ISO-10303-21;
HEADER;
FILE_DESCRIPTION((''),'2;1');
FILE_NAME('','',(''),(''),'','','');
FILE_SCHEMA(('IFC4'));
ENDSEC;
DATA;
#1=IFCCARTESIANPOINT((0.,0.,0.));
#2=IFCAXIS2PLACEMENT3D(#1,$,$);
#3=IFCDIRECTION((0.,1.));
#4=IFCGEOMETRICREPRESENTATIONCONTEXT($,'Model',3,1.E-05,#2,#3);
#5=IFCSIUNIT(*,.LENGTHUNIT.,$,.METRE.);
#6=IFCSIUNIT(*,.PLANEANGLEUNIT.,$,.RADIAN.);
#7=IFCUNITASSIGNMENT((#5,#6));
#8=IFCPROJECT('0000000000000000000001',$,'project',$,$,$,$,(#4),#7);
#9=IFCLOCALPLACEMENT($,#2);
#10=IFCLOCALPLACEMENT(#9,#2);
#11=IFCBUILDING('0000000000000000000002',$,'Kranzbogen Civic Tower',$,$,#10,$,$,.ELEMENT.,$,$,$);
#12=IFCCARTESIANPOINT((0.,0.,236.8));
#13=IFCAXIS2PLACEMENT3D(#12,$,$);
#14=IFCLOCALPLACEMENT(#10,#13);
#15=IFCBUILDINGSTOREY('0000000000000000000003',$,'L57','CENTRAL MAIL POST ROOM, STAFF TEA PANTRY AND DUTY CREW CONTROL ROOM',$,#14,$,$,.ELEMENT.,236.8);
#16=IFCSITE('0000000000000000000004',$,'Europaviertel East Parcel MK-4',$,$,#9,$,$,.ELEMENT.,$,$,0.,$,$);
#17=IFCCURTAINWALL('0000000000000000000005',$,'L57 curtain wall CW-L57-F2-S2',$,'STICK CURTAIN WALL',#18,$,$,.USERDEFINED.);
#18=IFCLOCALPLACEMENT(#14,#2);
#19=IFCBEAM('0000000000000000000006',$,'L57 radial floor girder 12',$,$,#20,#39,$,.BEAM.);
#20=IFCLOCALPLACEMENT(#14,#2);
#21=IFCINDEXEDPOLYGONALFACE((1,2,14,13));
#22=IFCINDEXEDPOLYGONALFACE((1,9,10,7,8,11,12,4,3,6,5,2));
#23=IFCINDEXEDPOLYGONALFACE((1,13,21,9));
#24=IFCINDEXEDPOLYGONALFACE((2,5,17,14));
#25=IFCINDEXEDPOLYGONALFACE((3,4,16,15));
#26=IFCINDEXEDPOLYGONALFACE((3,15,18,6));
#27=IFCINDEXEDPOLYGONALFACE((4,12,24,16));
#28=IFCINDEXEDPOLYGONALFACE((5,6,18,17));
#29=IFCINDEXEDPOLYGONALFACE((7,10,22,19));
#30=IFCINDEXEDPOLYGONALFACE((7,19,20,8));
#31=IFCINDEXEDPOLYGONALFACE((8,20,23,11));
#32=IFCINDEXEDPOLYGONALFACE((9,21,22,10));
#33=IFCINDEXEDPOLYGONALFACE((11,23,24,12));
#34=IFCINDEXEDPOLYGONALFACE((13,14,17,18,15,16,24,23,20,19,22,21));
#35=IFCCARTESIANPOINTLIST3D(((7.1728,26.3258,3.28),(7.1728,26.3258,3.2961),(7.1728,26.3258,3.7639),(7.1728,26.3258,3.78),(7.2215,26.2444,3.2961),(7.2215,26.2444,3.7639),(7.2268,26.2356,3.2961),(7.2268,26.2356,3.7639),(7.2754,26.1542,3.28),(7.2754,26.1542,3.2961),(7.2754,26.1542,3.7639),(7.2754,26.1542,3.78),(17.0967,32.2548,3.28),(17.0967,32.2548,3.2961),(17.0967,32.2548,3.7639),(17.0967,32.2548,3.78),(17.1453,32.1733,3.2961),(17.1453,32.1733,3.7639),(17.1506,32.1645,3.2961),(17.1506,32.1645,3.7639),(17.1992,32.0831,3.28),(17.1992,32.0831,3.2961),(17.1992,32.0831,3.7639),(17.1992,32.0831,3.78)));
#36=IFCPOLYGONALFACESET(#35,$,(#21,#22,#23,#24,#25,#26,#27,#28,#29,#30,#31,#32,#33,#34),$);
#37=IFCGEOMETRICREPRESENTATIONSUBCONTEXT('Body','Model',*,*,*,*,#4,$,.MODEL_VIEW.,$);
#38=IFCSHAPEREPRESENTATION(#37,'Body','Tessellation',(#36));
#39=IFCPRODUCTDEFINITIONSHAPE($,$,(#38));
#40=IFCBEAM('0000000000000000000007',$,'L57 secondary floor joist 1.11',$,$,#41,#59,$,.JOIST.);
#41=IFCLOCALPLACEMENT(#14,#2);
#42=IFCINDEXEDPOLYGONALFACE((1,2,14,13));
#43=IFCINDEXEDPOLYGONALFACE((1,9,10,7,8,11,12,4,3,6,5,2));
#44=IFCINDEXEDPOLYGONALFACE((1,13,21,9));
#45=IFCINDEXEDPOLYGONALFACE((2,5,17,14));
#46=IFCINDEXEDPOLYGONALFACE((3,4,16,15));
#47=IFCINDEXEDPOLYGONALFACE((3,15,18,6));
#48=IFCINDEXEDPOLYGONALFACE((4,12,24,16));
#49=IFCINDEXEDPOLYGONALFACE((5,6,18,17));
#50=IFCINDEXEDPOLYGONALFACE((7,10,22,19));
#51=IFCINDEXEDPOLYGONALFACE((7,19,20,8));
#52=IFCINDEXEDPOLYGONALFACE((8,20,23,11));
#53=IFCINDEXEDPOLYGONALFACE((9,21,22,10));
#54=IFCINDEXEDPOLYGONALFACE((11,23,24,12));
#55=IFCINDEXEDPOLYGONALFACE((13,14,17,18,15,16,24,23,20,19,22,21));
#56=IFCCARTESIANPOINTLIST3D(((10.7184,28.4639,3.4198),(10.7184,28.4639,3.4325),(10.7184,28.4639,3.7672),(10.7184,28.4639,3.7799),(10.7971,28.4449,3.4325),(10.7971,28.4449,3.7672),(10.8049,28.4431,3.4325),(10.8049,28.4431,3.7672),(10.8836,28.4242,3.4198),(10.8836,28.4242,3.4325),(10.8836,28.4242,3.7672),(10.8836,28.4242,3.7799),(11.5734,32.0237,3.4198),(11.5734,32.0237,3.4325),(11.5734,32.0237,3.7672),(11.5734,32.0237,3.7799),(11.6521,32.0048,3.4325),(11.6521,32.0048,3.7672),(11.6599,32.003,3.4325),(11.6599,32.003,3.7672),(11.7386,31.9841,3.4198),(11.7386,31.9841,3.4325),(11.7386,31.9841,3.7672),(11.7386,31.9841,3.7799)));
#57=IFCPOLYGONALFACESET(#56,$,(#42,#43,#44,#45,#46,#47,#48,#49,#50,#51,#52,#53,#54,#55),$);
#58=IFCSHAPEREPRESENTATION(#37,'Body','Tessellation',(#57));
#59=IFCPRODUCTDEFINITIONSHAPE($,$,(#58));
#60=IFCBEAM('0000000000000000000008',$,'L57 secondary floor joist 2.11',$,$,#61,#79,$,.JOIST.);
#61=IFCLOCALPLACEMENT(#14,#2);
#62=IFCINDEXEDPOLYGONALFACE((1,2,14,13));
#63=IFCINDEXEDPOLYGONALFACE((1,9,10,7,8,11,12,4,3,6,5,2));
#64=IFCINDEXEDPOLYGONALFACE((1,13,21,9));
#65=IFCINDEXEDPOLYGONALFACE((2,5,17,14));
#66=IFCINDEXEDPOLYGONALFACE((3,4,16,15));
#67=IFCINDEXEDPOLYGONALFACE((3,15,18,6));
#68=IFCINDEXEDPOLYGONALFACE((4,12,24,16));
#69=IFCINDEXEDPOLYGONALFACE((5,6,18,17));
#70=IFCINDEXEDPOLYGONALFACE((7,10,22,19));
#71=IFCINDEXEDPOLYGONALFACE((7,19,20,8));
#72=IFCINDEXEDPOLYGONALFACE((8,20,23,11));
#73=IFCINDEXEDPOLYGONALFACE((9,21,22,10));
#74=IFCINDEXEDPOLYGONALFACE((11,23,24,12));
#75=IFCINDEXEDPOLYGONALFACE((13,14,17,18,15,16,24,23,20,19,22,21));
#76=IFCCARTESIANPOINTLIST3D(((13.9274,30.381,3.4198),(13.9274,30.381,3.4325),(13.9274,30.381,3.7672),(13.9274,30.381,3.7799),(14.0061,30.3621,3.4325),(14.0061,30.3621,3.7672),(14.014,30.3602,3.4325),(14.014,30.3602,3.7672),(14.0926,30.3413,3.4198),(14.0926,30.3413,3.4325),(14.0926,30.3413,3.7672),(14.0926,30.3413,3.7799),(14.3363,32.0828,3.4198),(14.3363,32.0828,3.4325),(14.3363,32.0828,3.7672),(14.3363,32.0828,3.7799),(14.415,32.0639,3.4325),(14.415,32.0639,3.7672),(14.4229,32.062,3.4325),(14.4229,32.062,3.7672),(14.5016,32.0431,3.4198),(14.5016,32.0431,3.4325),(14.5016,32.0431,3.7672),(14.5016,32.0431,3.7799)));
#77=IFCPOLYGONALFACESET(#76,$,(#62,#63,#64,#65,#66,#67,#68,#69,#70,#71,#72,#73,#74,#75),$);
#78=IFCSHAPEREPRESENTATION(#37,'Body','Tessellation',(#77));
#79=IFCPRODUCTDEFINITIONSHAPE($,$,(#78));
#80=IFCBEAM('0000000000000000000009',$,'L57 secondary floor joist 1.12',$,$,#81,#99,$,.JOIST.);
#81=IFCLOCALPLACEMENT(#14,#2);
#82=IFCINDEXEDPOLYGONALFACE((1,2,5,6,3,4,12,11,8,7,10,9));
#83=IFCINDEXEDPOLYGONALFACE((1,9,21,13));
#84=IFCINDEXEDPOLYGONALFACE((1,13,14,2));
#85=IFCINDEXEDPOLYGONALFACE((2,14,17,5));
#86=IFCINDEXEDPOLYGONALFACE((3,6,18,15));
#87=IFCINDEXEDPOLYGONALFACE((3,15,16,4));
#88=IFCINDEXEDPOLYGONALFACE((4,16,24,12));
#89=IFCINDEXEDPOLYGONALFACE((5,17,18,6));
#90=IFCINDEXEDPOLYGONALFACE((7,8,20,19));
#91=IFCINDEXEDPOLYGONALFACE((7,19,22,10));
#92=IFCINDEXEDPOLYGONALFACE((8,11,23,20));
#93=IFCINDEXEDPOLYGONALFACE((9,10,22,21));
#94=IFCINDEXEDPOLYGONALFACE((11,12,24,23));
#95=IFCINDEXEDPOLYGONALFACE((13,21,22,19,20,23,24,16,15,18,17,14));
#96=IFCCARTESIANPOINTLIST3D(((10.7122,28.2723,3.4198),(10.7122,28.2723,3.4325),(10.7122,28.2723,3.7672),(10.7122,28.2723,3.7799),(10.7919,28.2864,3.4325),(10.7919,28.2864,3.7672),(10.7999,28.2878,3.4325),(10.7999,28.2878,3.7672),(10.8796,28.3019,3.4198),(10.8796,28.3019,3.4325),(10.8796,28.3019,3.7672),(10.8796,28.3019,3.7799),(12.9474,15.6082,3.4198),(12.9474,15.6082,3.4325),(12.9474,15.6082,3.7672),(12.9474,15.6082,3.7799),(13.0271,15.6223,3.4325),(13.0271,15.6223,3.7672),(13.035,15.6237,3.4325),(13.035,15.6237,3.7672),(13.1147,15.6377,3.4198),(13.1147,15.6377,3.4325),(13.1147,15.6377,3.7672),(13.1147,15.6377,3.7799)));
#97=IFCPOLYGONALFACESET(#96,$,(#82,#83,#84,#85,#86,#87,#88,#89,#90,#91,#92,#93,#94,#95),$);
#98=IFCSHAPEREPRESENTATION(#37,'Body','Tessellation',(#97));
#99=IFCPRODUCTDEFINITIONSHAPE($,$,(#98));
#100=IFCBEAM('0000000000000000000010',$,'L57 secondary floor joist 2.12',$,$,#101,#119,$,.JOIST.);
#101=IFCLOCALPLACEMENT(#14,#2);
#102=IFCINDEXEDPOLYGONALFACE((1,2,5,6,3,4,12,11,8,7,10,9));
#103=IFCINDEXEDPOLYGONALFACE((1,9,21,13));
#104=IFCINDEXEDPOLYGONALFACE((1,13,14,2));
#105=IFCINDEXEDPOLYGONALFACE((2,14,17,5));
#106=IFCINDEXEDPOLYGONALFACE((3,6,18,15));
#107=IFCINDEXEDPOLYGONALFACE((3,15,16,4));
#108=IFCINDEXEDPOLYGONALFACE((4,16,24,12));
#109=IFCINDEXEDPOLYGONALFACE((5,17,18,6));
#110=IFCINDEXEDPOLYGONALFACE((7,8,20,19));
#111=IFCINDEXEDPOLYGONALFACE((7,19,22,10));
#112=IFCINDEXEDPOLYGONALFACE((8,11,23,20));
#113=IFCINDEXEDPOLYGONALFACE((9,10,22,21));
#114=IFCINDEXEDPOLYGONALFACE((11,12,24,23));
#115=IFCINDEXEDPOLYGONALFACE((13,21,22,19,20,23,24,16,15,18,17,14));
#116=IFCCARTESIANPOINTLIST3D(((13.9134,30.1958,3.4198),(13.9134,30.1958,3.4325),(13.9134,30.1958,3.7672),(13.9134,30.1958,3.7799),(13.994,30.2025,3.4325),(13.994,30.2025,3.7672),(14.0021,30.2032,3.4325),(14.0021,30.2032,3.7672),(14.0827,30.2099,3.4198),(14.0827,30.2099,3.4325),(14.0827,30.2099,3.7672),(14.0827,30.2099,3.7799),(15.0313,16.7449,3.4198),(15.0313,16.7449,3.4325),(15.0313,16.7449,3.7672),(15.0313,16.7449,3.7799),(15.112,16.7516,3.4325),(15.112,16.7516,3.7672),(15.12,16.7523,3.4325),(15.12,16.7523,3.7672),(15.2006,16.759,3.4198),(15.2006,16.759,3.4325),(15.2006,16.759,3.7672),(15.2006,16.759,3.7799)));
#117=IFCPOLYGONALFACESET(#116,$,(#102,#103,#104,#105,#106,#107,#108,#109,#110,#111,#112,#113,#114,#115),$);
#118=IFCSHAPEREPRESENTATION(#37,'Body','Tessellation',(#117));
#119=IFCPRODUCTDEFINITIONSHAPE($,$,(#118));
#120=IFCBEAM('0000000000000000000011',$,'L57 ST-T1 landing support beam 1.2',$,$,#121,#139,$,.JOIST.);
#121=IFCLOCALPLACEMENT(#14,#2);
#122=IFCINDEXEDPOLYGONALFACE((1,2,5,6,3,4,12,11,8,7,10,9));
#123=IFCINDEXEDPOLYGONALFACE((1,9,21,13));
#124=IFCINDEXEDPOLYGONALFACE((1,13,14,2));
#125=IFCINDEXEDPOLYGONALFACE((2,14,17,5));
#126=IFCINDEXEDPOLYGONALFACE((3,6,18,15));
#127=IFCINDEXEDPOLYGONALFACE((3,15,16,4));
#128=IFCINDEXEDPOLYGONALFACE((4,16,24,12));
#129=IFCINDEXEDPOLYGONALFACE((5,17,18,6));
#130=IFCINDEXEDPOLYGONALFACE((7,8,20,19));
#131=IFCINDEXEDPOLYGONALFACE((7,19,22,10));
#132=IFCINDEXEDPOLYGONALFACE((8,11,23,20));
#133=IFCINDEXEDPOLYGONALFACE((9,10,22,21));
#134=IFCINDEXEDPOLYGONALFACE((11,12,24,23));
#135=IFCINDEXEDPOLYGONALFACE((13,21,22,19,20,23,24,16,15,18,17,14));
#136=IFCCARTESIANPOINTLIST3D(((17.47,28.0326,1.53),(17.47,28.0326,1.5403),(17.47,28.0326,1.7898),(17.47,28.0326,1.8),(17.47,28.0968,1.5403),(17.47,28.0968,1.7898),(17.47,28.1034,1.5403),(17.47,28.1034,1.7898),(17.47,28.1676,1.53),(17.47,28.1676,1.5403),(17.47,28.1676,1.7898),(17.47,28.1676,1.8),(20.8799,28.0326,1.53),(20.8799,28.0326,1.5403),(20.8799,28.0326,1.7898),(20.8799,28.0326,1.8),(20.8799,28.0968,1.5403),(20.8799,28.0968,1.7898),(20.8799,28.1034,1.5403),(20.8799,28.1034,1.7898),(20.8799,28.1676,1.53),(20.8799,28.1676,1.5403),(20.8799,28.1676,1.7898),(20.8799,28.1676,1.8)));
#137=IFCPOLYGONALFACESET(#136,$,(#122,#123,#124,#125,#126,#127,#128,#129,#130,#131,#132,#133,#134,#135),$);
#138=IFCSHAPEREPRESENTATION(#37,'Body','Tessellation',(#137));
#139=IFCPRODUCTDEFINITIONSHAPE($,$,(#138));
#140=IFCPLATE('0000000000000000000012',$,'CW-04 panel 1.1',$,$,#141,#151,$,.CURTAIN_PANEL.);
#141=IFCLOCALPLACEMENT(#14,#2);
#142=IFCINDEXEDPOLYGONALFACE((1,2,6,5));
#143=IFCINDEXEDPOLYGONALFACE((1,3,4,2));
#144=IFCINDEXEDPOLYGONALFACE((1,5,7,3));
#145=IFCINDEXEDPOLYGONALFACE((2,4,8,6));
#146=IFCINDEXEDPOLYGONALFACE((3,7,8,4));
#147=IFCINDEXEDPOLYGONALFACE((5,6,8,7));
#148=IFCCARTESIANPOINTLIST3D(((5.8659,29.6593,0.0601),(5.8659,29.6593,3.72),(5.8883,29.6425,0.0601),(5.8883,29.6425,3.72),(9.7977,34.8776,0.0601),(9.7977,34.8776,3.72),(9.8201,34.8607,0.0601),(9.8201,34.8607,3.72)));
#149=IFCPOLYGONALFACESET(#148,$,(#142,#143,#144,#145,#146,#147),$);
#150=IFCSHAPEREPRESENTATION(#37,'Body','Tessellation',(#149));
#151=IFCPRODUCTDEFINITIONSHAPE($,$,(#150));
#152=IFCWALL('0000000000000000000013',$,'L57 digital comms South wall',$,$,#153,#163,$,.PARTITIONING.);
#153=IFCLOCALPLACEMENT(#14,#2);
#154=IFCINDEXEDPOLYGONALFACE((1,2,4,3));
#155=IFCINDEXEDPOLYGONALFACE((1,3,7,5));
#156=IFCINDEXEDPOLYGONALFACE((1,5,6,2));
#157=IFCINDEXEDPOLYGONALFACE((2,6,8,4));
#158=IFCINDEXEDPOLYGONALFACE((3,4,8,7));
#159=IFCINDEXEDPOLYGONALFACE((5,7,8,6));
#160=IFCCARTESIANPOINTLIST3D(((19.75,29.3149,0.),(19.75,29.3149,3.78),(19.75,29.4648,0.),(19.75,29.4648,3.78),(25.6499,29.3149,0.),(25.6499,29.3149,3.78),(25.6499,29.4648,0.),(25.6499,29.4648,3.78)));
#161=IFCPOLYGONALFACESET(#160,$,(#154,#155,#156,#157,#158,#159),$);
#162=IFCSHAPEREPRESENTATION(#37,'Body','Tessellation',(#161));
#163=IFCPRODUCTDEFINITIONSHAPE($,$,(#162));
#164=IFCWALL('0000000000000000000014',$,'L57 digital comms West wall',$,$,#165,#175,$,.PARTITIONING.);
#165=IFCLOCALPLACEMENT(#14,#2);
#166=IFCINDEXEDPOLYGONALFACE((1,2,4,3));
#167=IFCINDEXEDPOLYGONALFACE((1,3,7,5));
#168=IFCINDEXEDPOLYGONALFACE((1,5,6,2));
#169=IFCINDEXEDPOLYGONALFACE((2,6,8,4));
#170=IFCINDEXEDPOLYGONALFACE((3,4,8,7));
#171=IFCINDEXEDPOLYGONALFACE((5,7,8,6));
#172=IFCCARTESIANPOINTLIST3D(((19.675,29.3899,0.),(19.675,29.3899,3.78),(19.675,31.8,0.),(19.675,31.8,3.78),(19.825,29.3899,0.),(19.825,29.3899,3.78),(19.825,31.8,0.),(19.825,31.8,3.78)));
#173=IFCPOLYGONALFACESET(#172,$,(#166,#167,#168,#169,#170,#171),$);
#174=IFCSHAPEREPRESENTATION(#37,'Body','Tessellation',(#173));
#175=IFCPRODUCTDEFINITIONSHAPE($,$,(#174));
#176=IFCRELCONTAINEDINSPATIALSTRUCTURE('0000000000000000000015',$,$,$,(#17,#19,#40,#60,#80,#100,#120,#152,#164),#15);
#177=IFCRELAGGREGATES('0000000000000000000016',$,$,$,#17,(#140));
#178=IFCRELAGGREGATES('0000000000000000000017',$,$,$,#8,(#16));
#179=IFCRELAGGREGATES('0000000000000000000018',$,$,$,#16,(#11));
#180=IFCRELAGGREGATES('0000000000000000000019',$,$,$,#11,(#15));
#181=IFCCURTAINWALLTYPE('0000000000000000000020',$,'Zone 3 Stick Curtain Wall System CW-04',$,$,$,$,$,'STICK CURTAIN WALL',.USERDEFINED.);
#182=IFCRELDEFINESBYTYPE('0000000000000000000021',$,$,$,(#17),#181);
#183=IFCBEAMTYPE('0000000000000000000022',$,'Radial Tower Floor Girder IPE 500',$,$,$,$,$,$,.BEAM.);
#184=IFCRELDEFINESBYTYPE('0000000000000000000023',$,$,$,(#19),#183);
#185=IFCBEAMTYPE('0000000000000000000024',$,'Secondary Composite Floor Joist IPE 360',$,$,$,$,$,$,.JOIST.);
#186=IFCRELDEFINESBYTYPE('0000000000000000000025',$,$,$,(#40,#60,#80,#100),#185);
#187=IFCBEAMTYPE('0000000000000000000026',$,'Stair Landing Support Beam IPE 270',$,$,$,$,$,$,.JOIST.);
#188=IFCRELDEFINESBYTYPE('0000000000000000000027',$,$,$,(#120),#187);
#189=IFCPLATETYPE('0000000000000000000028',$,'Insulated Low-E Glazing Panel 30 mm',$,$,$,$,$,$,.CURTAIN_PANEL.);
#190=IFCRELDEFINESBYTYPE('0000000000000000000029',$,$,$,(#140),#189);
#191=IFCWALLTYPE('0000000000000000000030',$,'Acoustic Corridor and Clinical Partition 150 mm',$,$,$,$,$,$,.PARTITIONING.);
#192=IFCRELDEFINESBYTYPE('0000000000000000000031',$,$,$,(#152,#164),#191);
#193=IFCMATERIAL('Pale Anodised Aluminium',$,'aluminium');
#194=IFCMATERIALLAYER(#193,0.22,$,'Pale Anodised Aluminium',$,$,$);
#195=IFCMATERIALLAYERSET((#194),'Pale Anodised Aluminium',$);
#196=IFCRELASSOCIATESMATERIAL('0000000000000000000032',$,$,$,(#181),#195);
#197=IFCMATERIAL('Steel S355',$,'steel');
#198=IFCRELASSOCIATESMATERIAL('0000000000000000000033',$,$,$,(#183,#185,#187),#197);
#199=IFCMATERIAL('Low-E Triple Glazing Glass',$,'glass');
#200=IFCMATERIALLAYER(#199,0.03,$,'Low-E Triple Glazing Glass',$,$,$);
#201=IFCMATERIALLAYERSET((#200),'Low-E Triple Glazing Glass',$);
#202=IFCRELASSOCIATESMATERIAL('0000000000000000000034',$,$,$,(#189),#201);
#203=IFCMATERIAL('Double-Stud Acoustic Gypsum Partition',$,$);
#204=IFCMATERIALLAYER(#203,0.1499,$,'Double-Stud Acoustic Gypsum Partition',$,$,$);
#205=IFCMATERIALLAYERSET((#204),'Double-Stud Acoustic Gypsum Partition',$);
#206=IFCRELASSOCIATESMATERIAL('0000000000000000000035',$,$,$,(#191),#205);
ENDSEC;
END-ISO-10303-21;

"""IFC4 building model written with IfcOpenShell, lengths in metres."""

from ifc_helpers import new_model, si_unit, direction, frame, frame_2d, origin, origin_2d, place, context, subcontext, project, spatial, rectangle, i_section, extrude, material, layer, layer_set, material_profile, profile_set, type_object, element, aggregate, save


model = new_model("IFC4")

# Units and contexts
model_context = context("Model", 3, precision=1e-05, world=origin(), true_north=direction((0.0, 1.0)))
body_context = subcontext(model_context, "Body", "Model", "MODEL_VIEW")
ifc_project = project(units=[si_unit("LENGTHUNIT", "METRE"), si_unit("PLANEANGLEUNIT", "RADIAN")], contexts=[model_context])

# Site, building, storey
site_placement = place(None, origin())
site = spatial("IfcSite", under=ifc_project, at=site_placement, Name="Europaviertel East Parcel MK-4", CompositionType="ELEMENT", RefElevation=0.0)
building_placement = place(site_placement, origin())
building = spatial("IfcBuilding", under=site, at=building_placement, Name="Kranzbogen Civic Tower", CompositionType="ELEMENT")
storey_placement = place(building_placement, frame((0.0, 0.0, 236.8)))
storey = spatial("IfcBuildingStorey", under=building, at=storey_placement, Name="L57", Description="CENTRAL MAIL POST ROOM, STAFF TEA PANTRY AND DUTY CREW CONTROL ROOM", CompositionType="ELEMENT", Elevation=236.8)

# Shared definitions
ifc_material_1 = material(Name="Steel S355", Category="steel")

# Curtain wall
ifc_material_2 = material(Name="Pale Anodised Aluminium", Category="aluminium")
ifc_layer_1 = layer(ifc_material_2, 0.22, Name="Pale Anodised Aluminium")
ifc_layer_set_1 = layer_set([ifc_layer_1], Name="Pale Anodised Aluminium")
curtain_wall_type = type_object("IfcCurtainWallType", Name="Zone 3 Stick Curtain Wall System CW-04", ElementType="STICK CURTAIN WALL", PredefinedType="USERDEFINED", material=ifc_layer_set_1)
curtain_wall_placement = place(storey_placement, origin())
curtain_wall = element("IfcCurtainWall", 1, at=curtain_wall_placement, inside=storey, type_object=curtain_wall_type, Name="L57 curtain wall CW-L57-F2-S2", ObjectType="STICK CURTAIN WALL", PredefinedType="USERDEFINED")

# Beams
ifc_material_profile_1 = material_profile(ifc_material_1, i_section(OverallWidth=0.2, OverallDepth=0.5, WebThickness=0.0103, FlangeThickness=0.0161, at=origin_2d()), Name="IPE 500")
ifc_profile_set_1 = profile_set([ifc_material_profile_1], Name="Steel S355")
beam_type_1 = type_object("IfcBeamType", Name="Radial Tower Floor Girder IPE 500", PredefinedType="BEAM", material=ifc_profile_set_1)
beam_1_placement = place(storey_placement, frame((7.2241, 26.24, 3.53), z_axis=(0.858459, 0.512883, 0.0), x_axis=(-0.512883, 0.858459, 0.0)))
element("IfcBeam", 2, at=beam_1_placement, inside=storey, type_object=beam_type_1, Name="L57 radial floor girder 12", PredefinedType="BEAM", context=body_context, shape_type="SweptSolid", body=[
    extrude(i_section(OverallWidth=0.2, OverallDepth=0.5, WebThickness=0.0103, FlangeThickness=0.0161, at=origin_2d()), origin(), (0.0, 0.0, 1.0), 11.5601),
])
ifc_material_profile_2 = material_profile(ifc_material_1, i_section(OverallWidth=0.1699, OverallDepth=0.3601, WebThickness=0.0081, FlangeThickness=0.0127, at=origin_2d()), Name="IPE 360")
ifc_profile_set_2 = profile_set([ifc_material_profile_2], Name="Steel S355")
beam_type_2 = type_object("IfcBeamType", Name="Secondary Composite Floor Joist IPE 360", PredefinedType="JOIST", material=ifc_profile_set_2)
beam_2_placement = place(storey_placement, frame((11.656, 32.0039, 3.5999), z_axis=(-0.233534, -0.972349, 0.0), x_axis=(0.972349, -0.233534, 0.0)))
element("IfcBeam", 3, at=beam_2_placement, inside=storey, type_object=beam_type_2, Name="L57 secondary floor joist 1.11", PredefinedType="JOIST", context=body_context, shape_type="SweptSolid", body=[
    extrude(i_section(OverallWidth=0.1699, OverallDepth=0.3601, WebThickness=0.0081, FlangeThickness=0.0127, at=origin_2d()), origin(), (0.0, 0.0, 1.0), 3.6611),
])
beam_3_placement = place(storey_placement, frame((14.4189, 32.063, 3.5999), z_axis=(-0.233631, -0.972325, 0.0), x_axis=(0.972325, -0.233631, 0.0)))
element("IfcBeam", 4, at=beam_3_placement, inside=storey, type_object=beam_type_2, Name="L57 secondary floor joist 2.11", PredefinedType="JOIST", context=body_context, shape_type="SweptSolid", body=[
    extrude(i_section(OverallWidth=0.1699, OverallDepth=0.3601, WebThickness=0.0081, FlangeThickness=0.0127, at=origin_2d()), origin(), (0.0, 0.0, 1.0), 1.7502),
])
beam_4_placement = place(storey_placement, frame((10.7959, 28.2871, 3.5999), z_axis=(0.173806, -0.98478, 0.0), x_axis=(0.98478, 0.173806, 0.0)))
element("IfcBeam", 5, at=beam_4_placement, inside=storey, type_object=beam_type_2, Name="L57 secondary floor joist 1.12", PredefinedType="JOIST", context=body_context, shape_type="SweptSolid", body=[
    extrude(i_section(OverallWidth=0.1699, OverallDepth=0.3601, WebThickness=0.0081, FlangeThickness=0.0127, at=origin_2d()), origin(), (0.0, 0.0, 1.0), 12.8599),
])
beam_5_placement = place(storey_placement, frame((13.998, 30.2029, 3.5999), z_axis=(0.082825, -0.996564, 0.0), x_axis=(0.996564, 0.082825, 0.0)))
element("IfcBeam", 6, at=beam_5_placement, inside=storey, type_object=beam_type_2, Name="L57 secondary floor joist 2.12", PredefinedType="JOIST", context=body_context, shape_type="SweptSolid", body=[
    extrude(i_section(OverallWidth=0.1699, OverallDepth=0.3601, WebThickness=0.0081, FlangeThickness=0.0127, at=origin_2d()), origin(), (0.0, 0.0, 1.0), 13.4973),
])
ifc_material_profile_3 = material_profile(ifc_material_1, i_section(OverallWidth=0.135, OverallDepth=0.27, WebThickness=0.0066, FlangeThickness=0.0103, at=origin_2d()), Name="IPE 270")
ifc_profile_set_3 = profile_set([ifc_material_profile_3], Name="Steel S355")
beam_type_3 = type_object("IfcBeamType", Name="Stair Landing Support Beam IPE 270", PredefinedType="JOIST", material=ifc_profile_set_3)
beam_6_placement = place(storey_placement, frame((20.8799, 28.1001, 1.665), z_axis=(-1.0, 0.0, 0.0), x_axis=(0.0, -1.0, 0.0)))
element("IfcBeam", 7, at=beam_6_placement, inside=storey, type_object=beam_type_3, Name="L57 ST-T1 landing support beam 1.2", PredefinedType="JOIST", context=body_context, shape_type="SweptSolid", body=[
    extrude(i_section(OverallWidth=0.135, OverallDepth=0.27, WebThickness=0.0066, FlangeThickness=0.0103, at=origin_2d()), origin(), (0.0, 0.0, 1.0), 3.4099),
])

# Plate
ifc_material_3 = material(Name="Low-E Triple Glazing Glass", Category="glass")
ifc_layer_2 = layer(ifc_material_3, 0.03, Name="Low-E Triple Glazing Glass")
ifc_layer_set_2 = layer_set([ifc_layer_2], Name="Low-E Triple Glazing Glass")
plate_type = type_object("IfcPlateType", Name="Insulated Low-E Glazing Panel 30 mm", PredefinedType="CURTAIN_PANEL", material=ifc_layer_set_2)
plate_placement = place(storey_placement, frame((7.843, 32.26, 0.0601), z_axis=(0.0, 0.0, 1.0), x_axis=(-0.601778, -0.798663, 0.0)))
plate = element("IfcPlate", 8, at=plate_placement, type_object=plate_type, Name="CW-04 panel 1.1", PredefinedType="CURTAIN_PANEL", context=body_context, shape_type="SweptSolid", body=[
    extrude(rectangle(XDim=6.5337, YDim=0.0281, at=origin_2d()), origin(), (0.0, 0.0, 1.0), 3.6599),
])
aggregate(curtain_wall, [plate])

# Walls
ifc_material_4 = material(Name="Double-Stud Acoustic Gypsum Partition")
ifc_layer_3 = layer(ifc_material_4, 0.1499, Name="Double-Stud Acoustic Gypsum Partition")
ifc_layer_set_3 = layer_set([ifc_layer_3], Name="Double-Stud Acoustic Gypsum Partition")
wall_type_1 = type_object("IfcWallType", Name="Acoustic Corridor and Clinical Partition 150 mm", PredefinedType="PARTITIONING", material=ifc_layer_set_3)
wall_1_placement = place(storey_placement, frame((19.75, 29.3899, 0.0), z_axis=(0.0, 0.0, 1.0), x_axis=(1.0, 0.0, 0.0)))
element("IfcWall", 9, at=wall_1_placement, inside=storey, type_object=wall_type_1, Name="L57 digital comms South wall", PredefinedType="PARTITIONING", context=body_context, shape_type="SweptSolid", body=[
    extrude(rectangle(XDim=5.8999, YDim=0.1499, at=frame_2d((2.95, 0.0))), origin(), (0.0, 0.0, 1.0), 3.78),
])
wall_2_placement = place(storey_placement, frame((19.75, 29.3899, 0.0), z_axis=(0.0, 0.0, 1.0), x_axis=(0.0, 1.0, 0.0)))
element("IfcWall", 10, at=wall_2_placement, inside=storey, type_object=wall_type_1, Name="L57 digital comms West wall", PredefinedType="PARTITIONING", context=body_context, shape_type="SweptSolid", body=[
    extrude(rectangle(XDim=2.4102, YDim=0.1499, at=frame_2d((1.2051, 0.0))), origin(), (0.0, 0.0, 1.0), 3.78),
])

save(model, "model.ifc")
